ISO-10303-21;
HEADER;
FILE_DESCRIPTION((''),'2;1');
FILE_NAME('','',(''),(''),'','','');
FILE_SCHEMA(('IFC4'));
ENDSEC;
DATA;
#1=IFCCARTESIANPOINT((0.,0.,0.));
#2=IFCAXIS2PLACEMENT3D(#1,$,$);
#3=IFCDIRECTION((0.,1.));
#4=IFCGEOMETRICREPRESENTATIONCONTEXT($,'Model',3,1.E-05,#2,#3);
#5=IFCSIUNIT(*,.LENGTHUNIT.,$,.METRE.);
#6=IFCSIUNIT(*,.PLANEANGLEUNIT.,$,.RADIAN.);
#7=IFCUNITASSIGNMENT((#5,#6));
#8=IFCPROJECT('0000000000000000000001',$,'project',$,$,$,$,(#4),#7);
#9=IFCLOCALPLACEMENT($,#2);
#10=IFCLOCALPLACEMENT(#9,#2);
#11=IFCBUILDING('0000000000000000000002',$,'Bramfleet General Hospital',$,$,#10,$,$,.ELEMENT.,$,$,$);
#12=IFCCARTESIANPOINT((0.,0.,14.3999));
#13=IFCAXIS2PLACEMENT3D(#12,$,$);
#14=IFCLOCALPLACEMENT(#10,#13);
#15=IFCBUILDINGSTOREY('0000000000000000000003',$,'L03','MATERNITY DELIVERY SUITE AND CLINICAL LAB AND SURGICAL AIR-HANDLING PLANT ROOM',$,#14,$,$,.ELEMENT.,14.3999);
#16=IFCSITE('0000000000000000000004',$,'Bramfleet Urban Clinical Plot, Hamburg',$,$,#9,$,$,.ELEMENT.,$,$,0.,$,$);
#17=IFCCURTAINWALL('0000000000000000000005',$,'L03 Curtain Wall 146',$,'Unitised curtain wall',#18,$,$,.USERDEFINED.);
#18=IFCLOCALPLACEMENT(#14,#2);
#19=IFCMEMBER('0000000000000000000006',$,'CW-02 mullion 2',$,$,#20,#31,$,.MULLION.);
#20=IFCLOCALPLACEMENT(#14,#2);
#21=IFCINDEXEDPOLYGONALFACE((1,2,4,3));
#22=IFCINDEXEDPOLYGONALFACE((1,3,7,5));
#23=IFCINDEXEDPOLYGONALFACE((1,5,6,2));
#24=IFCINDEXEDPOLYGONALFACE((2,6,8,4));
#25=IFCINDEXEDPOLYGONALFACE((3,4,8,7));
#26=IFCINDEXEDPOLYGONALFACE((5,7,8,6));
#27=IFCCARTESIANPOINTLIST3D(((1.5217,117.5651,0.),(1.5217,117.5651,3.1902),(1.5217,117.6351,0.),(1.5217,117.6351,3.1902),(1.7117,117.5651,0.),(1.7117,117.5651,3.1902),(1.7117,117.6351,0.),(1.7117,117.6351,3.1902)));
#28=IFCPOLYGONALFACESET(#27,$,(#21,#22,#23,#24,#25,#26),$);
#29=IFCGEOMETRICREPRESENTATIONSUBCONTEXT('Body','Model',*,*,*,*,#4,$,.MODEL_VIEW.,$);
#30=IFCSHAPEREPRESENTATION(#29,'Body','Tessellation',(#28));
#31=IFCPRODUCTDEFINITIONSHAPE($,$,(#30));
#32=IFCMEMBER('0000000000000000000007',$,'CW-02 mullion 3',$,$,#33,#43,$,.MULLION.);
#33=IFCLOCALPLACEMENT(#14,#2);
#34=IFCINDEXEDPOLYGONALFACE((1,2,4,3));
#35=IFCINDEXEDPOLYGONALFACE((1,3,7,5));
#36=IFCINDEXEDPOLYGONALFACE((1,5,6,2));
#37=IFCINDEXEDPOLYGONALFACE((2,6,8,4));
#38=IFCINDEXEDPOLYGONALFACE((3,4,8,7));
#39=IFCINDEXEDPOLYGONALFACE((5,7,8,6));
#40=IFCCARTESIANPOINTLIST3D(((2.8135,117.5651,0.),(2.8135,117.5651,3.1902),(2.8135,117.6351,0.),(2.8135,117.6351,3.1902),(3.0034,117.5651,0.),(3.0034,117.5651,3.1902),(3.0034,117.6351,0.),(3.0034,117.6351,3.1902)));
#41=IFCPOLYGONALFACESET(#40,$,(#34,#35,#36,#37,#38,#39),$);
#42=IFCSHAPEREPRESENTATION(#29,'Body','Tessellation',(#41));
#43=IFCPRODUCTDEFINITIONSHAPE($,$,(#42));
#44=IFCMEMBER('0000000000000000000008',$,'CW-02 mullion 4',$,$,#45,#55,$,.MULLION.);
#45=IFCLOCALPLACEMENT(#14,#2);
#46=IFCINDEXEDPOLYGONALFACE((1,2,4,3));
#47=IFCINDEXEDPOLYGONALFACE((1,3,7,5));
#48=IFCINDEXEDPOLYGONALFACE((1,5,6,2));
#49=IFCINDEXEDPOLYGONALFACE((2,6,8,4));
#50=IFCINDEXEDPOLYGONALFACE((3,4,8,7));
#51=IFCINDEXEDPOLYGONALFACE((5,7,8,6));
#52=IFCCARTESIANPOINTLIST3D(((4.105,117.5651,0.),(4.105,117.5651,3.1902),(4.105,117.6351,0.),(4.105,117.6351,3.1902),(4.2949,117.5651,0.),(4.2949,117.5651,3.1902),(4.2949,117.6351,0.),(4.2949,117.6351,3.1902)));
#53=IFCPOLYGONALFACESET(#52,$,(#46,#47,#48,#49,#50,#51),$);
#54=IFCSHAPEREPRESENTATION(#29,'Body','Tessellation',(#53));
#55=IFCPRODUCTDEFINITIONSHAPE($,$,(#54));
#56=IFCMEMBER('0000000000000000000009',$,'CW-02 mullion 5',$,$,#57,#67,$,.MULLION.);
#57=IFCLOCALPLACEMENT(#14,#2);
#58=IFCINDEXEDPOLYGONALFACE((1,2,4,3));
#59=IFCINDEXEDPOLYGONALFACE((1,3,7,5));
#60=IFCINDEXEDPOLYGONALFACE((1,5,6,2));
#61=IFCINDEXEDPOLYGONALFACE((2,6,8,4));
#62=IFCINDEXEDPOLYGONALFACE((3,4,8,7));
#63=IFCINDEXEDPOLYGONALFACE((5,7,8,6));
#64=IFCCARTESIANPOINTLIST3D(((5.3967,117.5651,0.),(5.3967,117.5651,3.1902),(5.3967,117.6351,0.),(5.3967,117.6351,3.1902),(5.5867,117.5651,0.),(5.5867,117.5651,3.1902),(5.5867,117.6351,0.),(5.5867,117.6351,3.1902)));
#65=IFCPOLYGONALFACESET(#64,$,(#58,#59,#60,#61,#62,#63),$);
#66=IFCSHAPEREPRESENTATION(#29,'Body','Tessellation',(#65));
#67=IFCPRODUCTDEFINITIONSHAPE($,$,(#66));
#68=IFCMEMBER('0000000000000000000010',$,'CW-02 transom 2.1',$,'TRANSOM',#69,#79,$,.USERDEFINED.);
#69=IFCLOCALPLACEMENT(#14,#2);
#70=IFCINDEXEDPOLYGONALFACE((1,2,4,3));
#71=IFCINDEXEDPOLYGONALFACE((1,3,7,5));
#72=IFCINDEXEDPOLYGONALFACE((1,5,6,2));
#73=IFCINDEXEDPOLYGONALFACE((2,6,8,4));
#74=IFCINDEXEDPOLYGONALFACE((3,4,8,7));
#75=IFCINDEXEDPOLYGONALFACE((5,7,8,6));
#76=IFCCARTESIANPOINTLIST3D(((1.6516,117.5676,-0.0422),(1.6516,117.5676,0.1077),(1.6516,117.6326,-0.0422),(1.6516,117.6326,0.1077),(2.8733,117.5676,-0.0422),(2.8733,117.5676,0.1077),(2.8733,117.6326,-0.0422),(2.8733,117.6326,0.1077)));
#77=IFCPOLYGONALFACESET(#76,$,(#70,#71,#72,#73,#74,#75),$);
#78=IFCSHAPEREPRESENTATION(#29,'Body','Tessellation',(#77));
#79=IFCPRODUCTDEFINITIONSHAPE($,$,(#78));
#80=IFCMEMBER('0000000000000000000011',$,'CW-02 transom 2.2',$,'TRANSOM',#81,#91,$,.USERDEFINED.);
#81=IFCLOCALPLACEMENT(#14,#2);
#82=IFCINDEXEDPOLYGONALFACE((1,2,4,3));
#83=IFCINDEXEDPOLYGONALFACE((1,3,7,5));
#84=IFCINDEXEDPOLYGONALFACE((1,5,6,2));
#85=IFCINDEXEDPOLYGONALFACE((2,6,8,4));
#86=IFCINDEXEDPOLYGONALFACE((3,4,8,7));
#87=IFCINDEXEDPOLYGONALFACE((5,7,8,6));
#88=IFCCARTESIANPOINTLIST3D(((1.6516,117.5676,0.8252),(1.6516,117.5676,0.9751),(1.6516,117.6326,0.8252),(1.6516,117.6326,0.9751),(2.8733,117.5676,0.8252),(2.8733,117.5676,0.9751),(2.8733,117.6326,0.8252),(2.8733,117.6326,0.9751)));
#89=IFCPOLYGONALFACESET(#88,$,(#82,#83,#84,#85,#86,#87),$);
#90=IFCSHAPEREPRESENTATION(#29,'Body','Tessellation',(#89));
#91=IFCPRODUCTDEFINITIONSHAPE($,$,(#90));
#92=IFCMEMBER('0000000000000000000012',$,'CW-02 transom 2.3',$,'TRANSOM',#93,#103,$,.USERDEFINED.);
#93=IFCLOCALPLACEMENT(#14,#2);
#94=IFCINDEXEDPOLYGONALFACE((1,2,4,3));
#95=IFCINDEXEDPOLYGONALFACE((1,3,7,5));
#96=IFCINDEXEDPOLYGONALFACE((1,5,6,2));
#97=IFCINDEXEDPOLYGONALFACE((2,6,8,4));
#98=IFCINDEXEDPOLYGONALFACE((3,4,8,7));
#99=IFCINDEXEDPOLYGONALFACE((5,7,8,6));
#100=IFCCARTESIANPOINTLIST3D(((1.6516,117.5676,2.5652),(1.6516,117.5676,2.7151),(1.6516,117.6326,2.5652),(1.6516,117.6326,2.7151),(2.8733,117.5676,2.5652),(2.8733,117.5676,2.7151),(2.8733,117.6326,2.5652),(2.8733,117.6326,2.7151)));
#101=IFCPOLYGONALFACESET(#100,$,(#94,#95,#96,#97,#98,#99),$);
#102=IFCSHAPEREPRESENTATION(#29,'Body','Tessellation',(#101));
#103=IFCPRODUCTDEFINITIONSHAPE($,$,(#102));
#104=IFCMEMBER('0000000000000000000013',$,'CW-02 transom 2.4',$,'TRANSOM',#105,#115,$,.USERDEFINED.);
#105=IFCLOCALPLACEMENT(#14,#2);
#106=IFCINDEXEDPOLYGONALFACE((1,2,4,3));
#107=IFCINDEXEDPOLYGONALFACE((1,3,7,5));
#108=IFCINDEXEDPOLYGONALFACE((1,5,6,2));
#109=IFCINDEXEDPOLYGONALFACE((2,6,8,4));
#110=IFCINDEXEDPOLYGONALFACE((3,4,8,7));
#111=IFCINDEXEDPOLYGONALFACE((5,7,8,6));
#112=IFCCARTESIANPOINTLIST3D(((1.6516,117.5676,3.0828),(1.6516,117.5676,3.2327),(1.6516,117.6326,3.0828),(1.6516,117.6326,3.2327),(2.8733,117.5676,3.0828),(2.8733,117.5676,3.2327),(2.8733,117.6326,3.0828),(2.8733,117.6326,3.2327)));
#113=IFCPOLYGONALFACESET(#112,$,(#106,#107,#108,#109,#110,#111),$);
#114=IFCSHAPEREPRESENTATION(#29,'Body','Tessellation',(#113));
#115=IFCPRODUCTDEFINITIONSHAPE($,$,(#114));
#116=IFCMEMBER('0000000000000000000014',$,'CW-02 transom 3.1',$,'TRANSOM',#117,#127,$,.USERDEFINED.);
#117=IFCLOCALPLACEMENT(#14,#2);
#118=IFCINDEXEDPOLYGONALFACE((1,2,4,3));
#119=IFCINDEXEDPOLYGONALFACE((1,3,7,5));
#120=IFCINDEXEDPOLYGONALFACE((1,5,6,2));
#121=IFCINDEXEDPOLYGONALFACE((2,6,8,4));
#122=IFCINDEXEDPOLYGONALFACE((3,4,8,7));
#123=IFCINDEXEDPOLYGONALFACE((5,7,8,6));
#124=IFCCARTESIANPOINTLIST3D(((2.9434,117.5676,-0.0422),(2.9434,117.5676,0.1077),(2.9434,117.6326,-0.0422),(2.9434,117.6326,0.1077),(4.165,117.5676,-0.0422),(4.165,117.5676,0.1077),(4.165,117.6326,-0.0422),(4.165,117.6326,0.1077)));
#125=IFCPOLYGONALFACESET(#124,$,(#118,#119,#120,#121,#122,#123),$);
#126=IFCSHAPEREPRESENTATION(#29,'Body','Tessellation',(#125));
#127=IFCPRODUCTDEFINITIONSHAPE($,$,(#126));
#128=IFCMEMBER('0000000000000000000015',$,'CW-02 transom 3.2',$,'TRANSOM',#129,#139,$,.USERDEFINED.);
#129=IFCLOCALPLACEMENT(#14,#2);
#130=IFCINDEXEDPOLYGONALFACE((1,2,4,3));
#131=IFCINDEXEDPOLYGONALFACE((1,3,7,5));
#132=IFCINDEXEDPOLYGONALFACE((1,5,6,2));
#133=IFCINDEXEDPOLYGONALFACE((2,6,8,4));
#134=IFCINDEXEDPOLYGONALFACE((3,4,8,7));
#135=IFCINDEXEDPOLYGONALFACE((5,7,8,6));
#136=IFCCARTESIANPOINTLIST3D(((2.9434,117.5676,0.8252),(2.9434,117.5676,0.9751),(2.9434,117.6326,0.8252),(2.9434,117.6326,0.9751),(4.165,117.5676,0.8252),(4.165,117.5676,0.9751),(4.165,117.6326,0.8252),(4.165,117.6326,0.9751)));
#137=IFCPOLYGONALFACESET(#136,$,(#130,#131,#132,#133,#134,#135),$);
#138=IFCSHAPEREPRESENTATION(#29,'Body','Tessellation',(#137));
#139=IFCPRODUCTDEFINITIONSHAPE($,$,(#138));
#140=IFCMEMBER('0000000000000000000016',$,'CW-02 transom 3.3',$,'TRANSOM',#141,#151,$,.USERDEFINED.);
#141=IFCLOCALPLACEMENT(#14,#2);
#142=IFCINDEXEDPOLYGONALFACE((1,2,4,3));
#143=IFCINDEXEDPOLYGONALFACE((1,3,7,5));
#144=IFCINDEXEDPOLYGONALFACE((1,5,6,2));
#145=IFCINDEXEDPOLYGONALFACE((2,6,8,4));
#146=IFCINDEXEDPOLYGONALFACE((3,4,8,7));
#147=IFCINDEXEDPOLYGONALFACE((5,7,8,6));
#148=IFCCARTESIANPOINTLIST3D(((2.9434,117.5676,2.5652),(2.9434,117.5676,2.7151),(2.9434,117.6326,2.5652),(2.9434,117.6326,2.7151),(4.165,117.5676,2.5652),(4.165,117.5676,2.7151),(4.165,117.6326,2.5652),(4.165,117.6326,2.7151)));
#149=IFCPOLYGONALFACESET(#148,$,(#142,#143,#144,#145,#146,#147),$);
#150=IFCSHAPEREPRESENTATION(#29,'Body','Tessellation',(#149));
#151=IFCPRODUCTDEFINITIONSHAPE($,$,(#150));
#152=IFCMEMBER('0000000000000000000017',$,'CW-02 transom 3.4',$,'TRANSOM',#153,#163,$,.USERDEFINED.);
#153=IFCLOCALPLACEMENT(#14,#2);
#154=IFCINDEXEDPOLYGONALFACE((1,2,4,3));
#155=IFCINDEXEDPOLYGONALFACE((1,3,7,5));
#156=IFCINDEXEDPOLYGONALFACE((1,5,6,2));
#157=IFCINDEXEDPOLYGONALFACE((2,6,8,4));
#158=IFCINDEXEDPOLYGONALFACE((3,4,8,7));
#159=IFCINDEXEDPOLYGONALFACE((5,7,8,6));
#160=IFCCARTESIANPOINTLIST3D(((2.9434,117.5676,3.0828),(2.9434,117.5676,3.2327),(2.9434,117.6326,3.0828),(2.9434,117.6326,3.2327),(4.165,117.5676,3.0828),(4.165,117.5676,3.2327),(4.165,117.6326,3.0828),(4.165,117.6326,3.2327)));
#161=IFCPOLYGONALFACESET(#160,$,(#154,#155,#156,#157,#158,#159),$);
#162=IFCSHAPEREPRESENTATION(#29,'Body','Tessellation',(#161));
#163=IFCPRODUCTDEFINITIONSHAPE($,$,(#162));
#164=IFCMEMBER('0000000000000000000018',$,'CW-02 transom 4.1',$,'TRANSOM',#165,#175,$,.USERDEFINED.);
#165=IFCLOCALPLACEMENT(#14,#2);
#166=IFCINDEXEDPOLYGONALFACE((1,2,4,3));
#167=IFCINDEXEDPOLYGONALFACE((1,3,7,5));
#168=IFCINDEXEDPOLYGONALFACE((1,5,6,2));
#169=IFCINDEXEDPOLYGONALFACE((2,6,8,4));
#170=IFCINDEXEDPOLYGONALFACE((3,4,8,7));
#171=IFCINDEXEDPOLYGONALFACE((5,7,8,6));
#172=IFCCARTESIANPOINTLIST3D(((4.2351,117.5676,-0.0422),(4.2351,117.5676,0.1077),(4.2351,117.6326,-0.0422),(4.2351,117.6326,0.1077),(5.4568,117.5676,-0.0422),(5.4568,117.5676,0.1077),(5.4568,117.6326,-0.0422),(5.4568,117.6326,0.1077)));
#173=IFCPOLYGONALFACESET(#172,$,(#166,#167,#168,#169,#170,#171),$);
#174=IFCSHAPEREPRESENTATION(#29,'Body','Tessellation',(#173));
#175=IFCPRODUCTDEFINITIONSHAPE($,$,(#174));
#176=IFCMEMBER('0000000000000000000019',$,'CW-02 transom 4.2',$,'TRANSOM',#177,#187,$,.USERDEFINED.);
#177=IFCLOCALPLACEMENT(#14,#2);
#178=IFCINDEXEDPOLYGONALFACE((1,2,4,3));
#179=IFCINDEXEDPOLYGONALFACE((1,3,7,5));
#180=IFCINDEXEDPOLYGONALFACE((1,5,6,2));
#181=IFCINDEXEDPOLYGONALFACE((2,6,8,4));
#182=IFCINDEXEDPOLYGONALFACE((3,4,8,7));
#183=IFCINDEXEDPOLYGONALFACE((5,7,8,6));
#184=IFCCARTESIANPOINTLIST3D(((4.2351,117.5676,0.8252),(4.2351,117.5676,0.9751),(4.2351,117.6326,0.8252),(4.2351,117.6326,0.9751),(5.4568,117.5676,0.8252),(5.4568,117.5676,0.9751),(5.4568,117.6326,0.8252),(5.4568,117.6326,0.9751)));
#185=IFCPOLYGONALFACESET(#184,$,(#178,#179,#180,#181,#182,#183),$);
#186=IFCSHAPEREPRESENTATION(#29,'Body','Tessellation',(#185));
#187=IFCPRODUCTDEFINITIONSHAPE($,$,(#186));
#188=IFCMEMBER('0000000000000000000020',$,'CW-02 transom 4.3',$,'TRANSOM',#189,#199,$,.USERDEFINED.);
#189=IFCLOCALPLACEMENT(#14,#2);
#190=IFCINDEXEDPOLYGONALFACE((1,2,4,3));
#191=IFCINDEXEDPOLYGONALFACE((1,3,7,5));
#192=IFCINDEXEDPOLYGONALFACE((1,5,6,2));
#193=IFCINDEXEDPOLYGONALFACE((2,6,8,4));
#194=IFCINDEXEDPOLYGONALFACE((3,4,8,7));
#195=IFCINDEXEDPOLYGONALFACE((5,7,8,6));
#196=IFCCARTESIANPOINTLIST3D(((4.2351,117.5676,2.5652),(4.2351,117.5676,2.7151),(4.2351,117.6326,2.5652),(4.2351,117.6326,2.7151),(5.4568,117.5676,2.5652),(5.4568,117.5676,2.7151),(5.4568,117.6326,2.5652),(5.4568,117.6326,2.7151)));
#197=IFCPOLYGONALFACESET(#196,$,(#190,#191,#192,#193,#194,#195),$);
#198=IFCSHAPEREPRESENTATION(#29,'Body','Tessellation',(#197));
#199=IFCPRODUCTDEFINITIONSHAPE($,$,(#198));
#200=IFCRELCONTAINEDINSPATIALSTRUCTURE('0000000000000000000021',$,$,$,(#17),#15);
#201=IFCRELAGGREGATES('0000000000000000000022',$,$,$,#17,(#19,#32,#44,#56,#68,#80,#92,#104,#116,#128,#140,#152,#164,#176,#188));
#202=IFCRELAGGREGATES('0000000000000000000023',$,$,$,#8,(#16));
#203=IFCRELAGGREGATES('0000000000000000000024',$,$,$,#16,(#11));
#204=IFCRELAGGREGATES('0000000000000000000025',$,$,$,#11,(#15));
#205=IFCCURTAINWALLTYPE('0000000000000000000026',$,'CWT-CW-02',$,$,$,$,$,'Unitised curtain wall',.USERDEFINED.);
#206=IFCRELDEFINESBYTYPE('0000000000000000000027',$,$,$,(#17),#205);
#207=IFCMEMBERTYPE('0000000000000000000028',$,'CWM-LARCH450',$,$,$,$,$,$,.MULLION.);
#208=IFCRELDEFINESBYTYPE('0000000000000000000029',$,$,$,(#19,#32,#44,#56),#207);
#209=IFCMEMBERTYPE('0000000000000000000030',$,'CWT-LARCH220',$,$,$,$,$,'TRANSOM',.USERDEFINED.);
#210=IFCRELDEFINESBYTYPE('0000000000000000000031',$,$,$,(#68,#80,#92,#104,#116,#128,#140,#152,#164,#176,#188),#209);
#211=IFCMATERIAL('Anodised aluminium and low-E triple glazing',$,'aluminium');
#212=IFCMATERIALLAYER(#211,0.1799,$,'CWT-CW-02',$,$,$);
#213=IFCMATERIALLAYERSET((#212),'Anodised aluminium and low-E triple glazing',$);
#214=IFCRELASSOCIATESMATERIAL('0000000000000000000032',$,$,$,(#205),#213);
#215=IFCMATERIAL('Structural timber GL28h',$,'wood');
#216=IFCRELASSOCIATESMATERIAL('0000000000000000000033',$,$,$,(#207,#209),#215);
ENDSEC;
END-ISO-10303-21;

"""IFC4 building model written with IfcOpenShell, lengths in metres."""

from ifc_helpers import new_model, si_unit, direction, frame, origin, origin_2d, place, context, subcontext, project, spatial, rectangle, extrude, material, layer, layer_set, material_profile, profile_set, type_object, element, aggregate, save


model = new_model("IFC4")

# Units and contexts
model_context = context("Model", 3, precision=1e-05, world=origin(), true_north=direction((0.0, 1.0)))
body_context = subcontext(model_context, "Body", "Model", "MODEL_VIEW")
ifc_project = project(units=[si_unit("LENGTHUNIT", "METRE"), si_unit("PLANEANGLEUNIT", "RADIAN")], contexts=[model_context])

# Site, building, storey
site_placement = place(None, origin())
site = spatial("IfcSite", under=ifc_project, at=site_placement, Name="Bramfleet Urban Clinical Plot, Hamburg", CompositionType="ELEMENT", RefElevation=0.0)
building_placement = place(site_placement, origin())
building = spatial("IfcBuilding", under=site, at=building_placement, Name="Bramfleet General Hospital", CompositionType="ELEMENT")
storey_placement = place(building_placement, frame((0.0, 0.0, 14.3999)))
storey = spatial("IfcBuildingStorey", under=building, at=storey_placement, Name="L03", Description="MATERNITY DELIVERY SUITE AND CLINICAL LAB AND SURGICAL AIR-HANDLING PLANT ROOM", CompositionType="ELEMENT", Elevation=14.3999)

# Curtain wall, members
ifc_material_1 = material(Name="Anodised aluminium and low-E triple glazing", Category="aluminium")
ifc_layer_1 = layer(ifc_material_1, 0.1799, Name="CWT-CW-02")
ifc_layer_set_1 = layer_set([ifc_layer_1], Name="Anodised aluminium and low-E triple glazing")
curtain_wall_type = type_object("IfcCurtainWallType", Name="CWT-CW-02", ElementType="Unitised curtain wall", PredefinedType="USERDEFINED", material=ifc_layer_set_1)
curtain_wall_placement = place(storey_placement, origin())
curtain_wall = element("IfcCurtainWall", 1, at=curtain_wall_placement, inside=storey, type_object=curtain_wall_type, Name="L03 Curtain Wall 146", ObjectType="Unitised curtain wall", PredefinedType="USERDEFINED")
ifc_material_2 = material(Name="Structural timber GL28h", Category="wood")
ifc_material_profile_1 = material_profile(ifc_material_2, rectangle(XDim=0.0701, YDim=0.1899, at=origin_2d()), Name="LARCH 190x70")
ifc_profile_set_1 = profile_set([ifc_material_profile_1], Name="Structural timber GL28h")
member_type_1 = type_object("IfcMemberType", Name="CWM-LARCH450", PredefinedType="MULLION", material=ifc_profile_set_1)
member_1_placement = place(storey_placement, frame((1.6167, 117.6001, 0.0), z_axis=(0.0, 0.0, 1.0), x_axis=(0.0, 1.0, 0.0)))
member_1 = element("IfcMember", 2, at=member_1_placement, type_object=member_type_1, Name="CW-02 mullion 2", PredefinedType="MULLION", context=body_context, shape_type="SweptSolid", body=[
    extrude(rectangle(XDim=0.0701, YDim=0.1899, at=origin_2d()), origin(), (0.0, 0.0, 1.0), 3.1902),
])
member_2_placement = place(storey_placement, frame((2.9084, 117.6001, 0.0), z_axis=(0.0, 0.0, 1.0), x_axis=(0.0, 1.0, 0.0)))
member_2 = element("IfcMember", 3, at=member_2_placement, type_object=member_type_1, Name="CW-02 mullion 3", PredefinedType="MULLION", context=body_context, shape_type="SweptSolid", body=[
    extrude(rectangle(XDim=0.0701, YDim=0.1899, at=origin_2d()), origin(), (0.0, 0.0, 1.0), 3.1902),
])
member_3_placement = place(storey_placement, frame((4.2, 117.6001, 0.0), z_axis=(0.0, 0.0, 1.0), x_axis=(0.0, 1.0, 0.0)))
member_3 = element("IfcMember", 4, at=member_3_placement, type_object=member_type_1, Name="CW-02 mullion 4", PredefinedType="MULLION", context=body_context, shape_type="SweptSolid", body=[
    extrude(rectangle(XDim=0.0701, YDim=0.1899, at=origin_2d()), origin(), (0.0, 0.0, 1.0), 3.1902),
])
member_4_placement = place(storey_placement, frame((5.4917, 117.6001, 0.0), z_axis=(0.0, 0.0, 1.0), x_axis=(0.0, 1.0, 0.0)))
member_4 = element("IfcMember", 5, at=member_4_placement, type_object=member_type_1, Name="CW-02 mullion 5", PredefinedType="MULLION", context=body_context, shape_type="SweptSolid", body=[
    extrude(rectangle(XDim=0.0701, YDim=0.1899, at=origin_2d()), origin(), (0.0, 0.0, 1.0), 3.1902),
])
ifc_material_profile_2 = material_profile(ifc_material_2, rectangle(XDim=0.0649, YDim=0.1499, at=origin_2d()), Name="LARCH 150x65")
ifc_profile_set_2 = profile_set([ifc_material_profile_2], Name="Structural timber GL28h")
member_type_2 = type_object("IfcMemberType", Name="CWT-LARCH220", ElementType="TRANSOM", PredefinedType="USERDEFINED", material=ifc_profile_set_2)
member_5_placement = place(storey_placement, frame((1.6516, 117.6001, 0.0327), z_axis=(1.0, 0.0, 0.0), x_axis=(0.0, 1.0, 0.0)))
member_5 = element("IfcMember", 6, at=member_5_placement, type_object=member_type_2, Name="CW-02 transom 2.1", ObjectType="TRANSOM", PredefinedType="USERDEFINED", context=body_context, shape_type="SweptSolid", body=[
    extrude(rectangle(XDim=0.0649, YDim=0.1499, at=origin_2d()), origin(), (0.0, 0.0, 1.0), 1.2217),
])
member_6_placement = place(storey_placement, frame((1.6516, 117.6001, 0.9001), z_axis=(1.0, 0.0, 0.0), x_axis=(0.0, 1.0, 0.0)))
member_6 = element("IfcMember", 7, at=member_6_placement, type_object=member_type_2, Name="CW-02 transom 2.2", ObjectType="TRANSOM", PredefinedType="USERDEFINED", context=body_context, shape_type="SweptSolid", body=[
    extrude(rectangle(XDim=0.0649, YDim=0.1499, at=origin_2d()), origin(), (0.0, 0.0, 1.0), 1.2217),
])
member_7_placement = place(storey_placement, frame((1.6516, 117.6001, 2.6401), z_axis=(1.0, 0.0, 0.0), x_axis=(0.0, 1.0, 0.0)))
member_7 = element("IfcMember", 8, at=member_7_placement, type_object=member_type_2, Name="CW-02 transom 2.3", ObjectType="TRANSOM", PredefinedType="USERDEFINED", context=body_context, shape_type="SweptSolid", body=[
    extrude(rectangle(XDim=0.0649, YDim=0.1499, at=origin_2d()), origin(), (0.0, 0.0, 1.0), 1.2217),
])
member_8_placement = place(storey_placement, frame((1.6516, 117.6001, 3.1577), z_axis=(1.0, 0.0, 0.0), x_axis=(0.0, 1.0, 0.0)))
member_8 = element("IfcMember", 9, at=member_8_placement, type_object=member_type_2, Name="CW-02 transom 2.4", ObjectType="TRANSOM", PredefinedType="USERDEFINED", context=body_context, shape_type="SweptSolid", body=[
    extrude(rectangle(XDim=0.0649, YDim=0.1499, at=origin_2d()), origin(), (0.0, 0.0, 1.0), 1.2217),
])
member_9_placement = place(storey_placement, frame((2.9434, 117.6001, 0.0327), z_axis=(1.0, 0.0, 0.0), x_axis=(0.0, 1.0, 0.0)))
member_9 = element("IfcMember", 10, at=member_9_placement, type_object=member_type_2, Name="CW-02 transom 3.1", ObjectType="TRANSOM", PredefinedType="USERDEFINED", context=body_context, shape_type="SweptSolid", body=[
    extrude(rectangle(XDim=0.0649, YDim=0.1499, at=origin_2d()), origin(), (0.0, 0.0, 1.0), 1.2217),
])
member_10_placement = place(storey_placement, frame((2.9434, 117.6001, 0.9001), z_axis=(1.0, 0.0, 0.0), x_axis=(0.0, 1.0, 0.0)))
member_10 = element("IfcMember", 11, at=member_10_placement, type_object=member_type_2, Name="CW-02 transom 3.2", ObjectType="TRANSOM", PredefinedType="USERDEFINED", context=body_context, shape_type="SweptSolid", body=[
    extrude(rectangle(XDim=0.0649, YDim=0.1499, at=origin_2d()), origin(), (0.0, 0.0, 1.0), 1.2217),
])
member_11_placement = place(storey_placement, frame((2.9434, 117.6001, 2.6401), z_axis=(1.0, 0.0, 0.0), x_axis=(0.0, 1.0, 0.0)))
member_11 = element("IfcMember", 12, at=member_11_placement, type_object=member_type_2, Name="CW-02 transom 3.3", ObjectType="TRANSOM", PredefinedType="USERDEFINED", context=body_context, shape_type="SweptSolid", body=[
    extrude(rectangle(XDim=0.0649, YDim=0.1499, at=origin_2d()), origin(), (0.0, 0.0, 1.0), 1.2217),
])
member_12_placement = place(storey_placement, frame((2.9434, 117.6001, 3.1577), z_axis=(1.0, 0.0, 0.0), x_axis=(0.0, 1.0, 0.0)))
member_12 = element("IfcMember", 13, at=member_12_placement, type_object=member_type_2, Name="CW-02 transom 3.4", ObjectType="TRANSOM", PredefinedType="USERDEFINED", context=body_context, shape_type="SweptSolid", body=[
    extrude(rectangle(XDim=0.0649, YDim=0.1499, at=origin_2d()), origin(), (0.0, 0.0, 1.0), 1.2217),
])
member_13_placement = place(storey_placement, frame((4.2351, 117.6001, 0.0327), z_axis=(1.0, 0.0, 0.0), x_axis=(0.0, 1.0, 0.0)))
member_13 = element("IfcMember", 14, at=member_13_placement, type_object=member_type_2, Name="CW-02 transom 4.1", ObjectType="TRANSOM", PredefinedType="USERDEFINED", context=body_context, shape_type="SweptSolid", body=[
    extrude(rectangle(XDim=0.0649, YDim=0.1499, at=origin_2d()), origin(), (0.0, 0.0, 1.0), 1.2217),
])
member_14_placement = place(storey_placement, frame((4.2351, 117.6001, 0.9001), z_axis=(1.0, 0.0, 0.0), x_axis=(0.0, 1.0, 0.0)))
member_14 = element("IfcMember", 15, at=member_14_placement, type_object=member_type_2, Name="CW-02 transom 4.2", ObjectType="TRANSOM", PredefinedType="USERDEFINED", context=body_context, shape_type="SweptSolid", body=[
    extrude(rectangle(XDim=0.0649, YDim=0.1499, at=origin_2d()), origin(), (0.0, 0.0, 1.0), 1.2217),
])
member_15_placement = place(storey_placement, frame((4.2351, 117.6001, 2.6401), z_axis=(1.0, 0.0, 0.0), x_axis=(0.0, 1.0, 0.0)))
member_15 = element("IfcMember", 16, at=member_15_placement, type_object=member_type_2, Name="CW-02 transom 4.3", ObjectType="TRANSOM", PredefinedType="USERDEFINED", context=body_context, shape_type="SweptSolid", body=[
    extrude(rectangle(XDim=0.0649, YDim=0.1499, at=origin_2d()), origin(), (0.0, 0.0, 1.0), 1.2217),
])
aggregate(curtain_wall, [member_1, member_2, member_3, member_4, member_5, member_6, member_7, member_8, member_9, member_10, member_11, member_12, member_13, member_14, member_15])

save(model, "model.ifc")
